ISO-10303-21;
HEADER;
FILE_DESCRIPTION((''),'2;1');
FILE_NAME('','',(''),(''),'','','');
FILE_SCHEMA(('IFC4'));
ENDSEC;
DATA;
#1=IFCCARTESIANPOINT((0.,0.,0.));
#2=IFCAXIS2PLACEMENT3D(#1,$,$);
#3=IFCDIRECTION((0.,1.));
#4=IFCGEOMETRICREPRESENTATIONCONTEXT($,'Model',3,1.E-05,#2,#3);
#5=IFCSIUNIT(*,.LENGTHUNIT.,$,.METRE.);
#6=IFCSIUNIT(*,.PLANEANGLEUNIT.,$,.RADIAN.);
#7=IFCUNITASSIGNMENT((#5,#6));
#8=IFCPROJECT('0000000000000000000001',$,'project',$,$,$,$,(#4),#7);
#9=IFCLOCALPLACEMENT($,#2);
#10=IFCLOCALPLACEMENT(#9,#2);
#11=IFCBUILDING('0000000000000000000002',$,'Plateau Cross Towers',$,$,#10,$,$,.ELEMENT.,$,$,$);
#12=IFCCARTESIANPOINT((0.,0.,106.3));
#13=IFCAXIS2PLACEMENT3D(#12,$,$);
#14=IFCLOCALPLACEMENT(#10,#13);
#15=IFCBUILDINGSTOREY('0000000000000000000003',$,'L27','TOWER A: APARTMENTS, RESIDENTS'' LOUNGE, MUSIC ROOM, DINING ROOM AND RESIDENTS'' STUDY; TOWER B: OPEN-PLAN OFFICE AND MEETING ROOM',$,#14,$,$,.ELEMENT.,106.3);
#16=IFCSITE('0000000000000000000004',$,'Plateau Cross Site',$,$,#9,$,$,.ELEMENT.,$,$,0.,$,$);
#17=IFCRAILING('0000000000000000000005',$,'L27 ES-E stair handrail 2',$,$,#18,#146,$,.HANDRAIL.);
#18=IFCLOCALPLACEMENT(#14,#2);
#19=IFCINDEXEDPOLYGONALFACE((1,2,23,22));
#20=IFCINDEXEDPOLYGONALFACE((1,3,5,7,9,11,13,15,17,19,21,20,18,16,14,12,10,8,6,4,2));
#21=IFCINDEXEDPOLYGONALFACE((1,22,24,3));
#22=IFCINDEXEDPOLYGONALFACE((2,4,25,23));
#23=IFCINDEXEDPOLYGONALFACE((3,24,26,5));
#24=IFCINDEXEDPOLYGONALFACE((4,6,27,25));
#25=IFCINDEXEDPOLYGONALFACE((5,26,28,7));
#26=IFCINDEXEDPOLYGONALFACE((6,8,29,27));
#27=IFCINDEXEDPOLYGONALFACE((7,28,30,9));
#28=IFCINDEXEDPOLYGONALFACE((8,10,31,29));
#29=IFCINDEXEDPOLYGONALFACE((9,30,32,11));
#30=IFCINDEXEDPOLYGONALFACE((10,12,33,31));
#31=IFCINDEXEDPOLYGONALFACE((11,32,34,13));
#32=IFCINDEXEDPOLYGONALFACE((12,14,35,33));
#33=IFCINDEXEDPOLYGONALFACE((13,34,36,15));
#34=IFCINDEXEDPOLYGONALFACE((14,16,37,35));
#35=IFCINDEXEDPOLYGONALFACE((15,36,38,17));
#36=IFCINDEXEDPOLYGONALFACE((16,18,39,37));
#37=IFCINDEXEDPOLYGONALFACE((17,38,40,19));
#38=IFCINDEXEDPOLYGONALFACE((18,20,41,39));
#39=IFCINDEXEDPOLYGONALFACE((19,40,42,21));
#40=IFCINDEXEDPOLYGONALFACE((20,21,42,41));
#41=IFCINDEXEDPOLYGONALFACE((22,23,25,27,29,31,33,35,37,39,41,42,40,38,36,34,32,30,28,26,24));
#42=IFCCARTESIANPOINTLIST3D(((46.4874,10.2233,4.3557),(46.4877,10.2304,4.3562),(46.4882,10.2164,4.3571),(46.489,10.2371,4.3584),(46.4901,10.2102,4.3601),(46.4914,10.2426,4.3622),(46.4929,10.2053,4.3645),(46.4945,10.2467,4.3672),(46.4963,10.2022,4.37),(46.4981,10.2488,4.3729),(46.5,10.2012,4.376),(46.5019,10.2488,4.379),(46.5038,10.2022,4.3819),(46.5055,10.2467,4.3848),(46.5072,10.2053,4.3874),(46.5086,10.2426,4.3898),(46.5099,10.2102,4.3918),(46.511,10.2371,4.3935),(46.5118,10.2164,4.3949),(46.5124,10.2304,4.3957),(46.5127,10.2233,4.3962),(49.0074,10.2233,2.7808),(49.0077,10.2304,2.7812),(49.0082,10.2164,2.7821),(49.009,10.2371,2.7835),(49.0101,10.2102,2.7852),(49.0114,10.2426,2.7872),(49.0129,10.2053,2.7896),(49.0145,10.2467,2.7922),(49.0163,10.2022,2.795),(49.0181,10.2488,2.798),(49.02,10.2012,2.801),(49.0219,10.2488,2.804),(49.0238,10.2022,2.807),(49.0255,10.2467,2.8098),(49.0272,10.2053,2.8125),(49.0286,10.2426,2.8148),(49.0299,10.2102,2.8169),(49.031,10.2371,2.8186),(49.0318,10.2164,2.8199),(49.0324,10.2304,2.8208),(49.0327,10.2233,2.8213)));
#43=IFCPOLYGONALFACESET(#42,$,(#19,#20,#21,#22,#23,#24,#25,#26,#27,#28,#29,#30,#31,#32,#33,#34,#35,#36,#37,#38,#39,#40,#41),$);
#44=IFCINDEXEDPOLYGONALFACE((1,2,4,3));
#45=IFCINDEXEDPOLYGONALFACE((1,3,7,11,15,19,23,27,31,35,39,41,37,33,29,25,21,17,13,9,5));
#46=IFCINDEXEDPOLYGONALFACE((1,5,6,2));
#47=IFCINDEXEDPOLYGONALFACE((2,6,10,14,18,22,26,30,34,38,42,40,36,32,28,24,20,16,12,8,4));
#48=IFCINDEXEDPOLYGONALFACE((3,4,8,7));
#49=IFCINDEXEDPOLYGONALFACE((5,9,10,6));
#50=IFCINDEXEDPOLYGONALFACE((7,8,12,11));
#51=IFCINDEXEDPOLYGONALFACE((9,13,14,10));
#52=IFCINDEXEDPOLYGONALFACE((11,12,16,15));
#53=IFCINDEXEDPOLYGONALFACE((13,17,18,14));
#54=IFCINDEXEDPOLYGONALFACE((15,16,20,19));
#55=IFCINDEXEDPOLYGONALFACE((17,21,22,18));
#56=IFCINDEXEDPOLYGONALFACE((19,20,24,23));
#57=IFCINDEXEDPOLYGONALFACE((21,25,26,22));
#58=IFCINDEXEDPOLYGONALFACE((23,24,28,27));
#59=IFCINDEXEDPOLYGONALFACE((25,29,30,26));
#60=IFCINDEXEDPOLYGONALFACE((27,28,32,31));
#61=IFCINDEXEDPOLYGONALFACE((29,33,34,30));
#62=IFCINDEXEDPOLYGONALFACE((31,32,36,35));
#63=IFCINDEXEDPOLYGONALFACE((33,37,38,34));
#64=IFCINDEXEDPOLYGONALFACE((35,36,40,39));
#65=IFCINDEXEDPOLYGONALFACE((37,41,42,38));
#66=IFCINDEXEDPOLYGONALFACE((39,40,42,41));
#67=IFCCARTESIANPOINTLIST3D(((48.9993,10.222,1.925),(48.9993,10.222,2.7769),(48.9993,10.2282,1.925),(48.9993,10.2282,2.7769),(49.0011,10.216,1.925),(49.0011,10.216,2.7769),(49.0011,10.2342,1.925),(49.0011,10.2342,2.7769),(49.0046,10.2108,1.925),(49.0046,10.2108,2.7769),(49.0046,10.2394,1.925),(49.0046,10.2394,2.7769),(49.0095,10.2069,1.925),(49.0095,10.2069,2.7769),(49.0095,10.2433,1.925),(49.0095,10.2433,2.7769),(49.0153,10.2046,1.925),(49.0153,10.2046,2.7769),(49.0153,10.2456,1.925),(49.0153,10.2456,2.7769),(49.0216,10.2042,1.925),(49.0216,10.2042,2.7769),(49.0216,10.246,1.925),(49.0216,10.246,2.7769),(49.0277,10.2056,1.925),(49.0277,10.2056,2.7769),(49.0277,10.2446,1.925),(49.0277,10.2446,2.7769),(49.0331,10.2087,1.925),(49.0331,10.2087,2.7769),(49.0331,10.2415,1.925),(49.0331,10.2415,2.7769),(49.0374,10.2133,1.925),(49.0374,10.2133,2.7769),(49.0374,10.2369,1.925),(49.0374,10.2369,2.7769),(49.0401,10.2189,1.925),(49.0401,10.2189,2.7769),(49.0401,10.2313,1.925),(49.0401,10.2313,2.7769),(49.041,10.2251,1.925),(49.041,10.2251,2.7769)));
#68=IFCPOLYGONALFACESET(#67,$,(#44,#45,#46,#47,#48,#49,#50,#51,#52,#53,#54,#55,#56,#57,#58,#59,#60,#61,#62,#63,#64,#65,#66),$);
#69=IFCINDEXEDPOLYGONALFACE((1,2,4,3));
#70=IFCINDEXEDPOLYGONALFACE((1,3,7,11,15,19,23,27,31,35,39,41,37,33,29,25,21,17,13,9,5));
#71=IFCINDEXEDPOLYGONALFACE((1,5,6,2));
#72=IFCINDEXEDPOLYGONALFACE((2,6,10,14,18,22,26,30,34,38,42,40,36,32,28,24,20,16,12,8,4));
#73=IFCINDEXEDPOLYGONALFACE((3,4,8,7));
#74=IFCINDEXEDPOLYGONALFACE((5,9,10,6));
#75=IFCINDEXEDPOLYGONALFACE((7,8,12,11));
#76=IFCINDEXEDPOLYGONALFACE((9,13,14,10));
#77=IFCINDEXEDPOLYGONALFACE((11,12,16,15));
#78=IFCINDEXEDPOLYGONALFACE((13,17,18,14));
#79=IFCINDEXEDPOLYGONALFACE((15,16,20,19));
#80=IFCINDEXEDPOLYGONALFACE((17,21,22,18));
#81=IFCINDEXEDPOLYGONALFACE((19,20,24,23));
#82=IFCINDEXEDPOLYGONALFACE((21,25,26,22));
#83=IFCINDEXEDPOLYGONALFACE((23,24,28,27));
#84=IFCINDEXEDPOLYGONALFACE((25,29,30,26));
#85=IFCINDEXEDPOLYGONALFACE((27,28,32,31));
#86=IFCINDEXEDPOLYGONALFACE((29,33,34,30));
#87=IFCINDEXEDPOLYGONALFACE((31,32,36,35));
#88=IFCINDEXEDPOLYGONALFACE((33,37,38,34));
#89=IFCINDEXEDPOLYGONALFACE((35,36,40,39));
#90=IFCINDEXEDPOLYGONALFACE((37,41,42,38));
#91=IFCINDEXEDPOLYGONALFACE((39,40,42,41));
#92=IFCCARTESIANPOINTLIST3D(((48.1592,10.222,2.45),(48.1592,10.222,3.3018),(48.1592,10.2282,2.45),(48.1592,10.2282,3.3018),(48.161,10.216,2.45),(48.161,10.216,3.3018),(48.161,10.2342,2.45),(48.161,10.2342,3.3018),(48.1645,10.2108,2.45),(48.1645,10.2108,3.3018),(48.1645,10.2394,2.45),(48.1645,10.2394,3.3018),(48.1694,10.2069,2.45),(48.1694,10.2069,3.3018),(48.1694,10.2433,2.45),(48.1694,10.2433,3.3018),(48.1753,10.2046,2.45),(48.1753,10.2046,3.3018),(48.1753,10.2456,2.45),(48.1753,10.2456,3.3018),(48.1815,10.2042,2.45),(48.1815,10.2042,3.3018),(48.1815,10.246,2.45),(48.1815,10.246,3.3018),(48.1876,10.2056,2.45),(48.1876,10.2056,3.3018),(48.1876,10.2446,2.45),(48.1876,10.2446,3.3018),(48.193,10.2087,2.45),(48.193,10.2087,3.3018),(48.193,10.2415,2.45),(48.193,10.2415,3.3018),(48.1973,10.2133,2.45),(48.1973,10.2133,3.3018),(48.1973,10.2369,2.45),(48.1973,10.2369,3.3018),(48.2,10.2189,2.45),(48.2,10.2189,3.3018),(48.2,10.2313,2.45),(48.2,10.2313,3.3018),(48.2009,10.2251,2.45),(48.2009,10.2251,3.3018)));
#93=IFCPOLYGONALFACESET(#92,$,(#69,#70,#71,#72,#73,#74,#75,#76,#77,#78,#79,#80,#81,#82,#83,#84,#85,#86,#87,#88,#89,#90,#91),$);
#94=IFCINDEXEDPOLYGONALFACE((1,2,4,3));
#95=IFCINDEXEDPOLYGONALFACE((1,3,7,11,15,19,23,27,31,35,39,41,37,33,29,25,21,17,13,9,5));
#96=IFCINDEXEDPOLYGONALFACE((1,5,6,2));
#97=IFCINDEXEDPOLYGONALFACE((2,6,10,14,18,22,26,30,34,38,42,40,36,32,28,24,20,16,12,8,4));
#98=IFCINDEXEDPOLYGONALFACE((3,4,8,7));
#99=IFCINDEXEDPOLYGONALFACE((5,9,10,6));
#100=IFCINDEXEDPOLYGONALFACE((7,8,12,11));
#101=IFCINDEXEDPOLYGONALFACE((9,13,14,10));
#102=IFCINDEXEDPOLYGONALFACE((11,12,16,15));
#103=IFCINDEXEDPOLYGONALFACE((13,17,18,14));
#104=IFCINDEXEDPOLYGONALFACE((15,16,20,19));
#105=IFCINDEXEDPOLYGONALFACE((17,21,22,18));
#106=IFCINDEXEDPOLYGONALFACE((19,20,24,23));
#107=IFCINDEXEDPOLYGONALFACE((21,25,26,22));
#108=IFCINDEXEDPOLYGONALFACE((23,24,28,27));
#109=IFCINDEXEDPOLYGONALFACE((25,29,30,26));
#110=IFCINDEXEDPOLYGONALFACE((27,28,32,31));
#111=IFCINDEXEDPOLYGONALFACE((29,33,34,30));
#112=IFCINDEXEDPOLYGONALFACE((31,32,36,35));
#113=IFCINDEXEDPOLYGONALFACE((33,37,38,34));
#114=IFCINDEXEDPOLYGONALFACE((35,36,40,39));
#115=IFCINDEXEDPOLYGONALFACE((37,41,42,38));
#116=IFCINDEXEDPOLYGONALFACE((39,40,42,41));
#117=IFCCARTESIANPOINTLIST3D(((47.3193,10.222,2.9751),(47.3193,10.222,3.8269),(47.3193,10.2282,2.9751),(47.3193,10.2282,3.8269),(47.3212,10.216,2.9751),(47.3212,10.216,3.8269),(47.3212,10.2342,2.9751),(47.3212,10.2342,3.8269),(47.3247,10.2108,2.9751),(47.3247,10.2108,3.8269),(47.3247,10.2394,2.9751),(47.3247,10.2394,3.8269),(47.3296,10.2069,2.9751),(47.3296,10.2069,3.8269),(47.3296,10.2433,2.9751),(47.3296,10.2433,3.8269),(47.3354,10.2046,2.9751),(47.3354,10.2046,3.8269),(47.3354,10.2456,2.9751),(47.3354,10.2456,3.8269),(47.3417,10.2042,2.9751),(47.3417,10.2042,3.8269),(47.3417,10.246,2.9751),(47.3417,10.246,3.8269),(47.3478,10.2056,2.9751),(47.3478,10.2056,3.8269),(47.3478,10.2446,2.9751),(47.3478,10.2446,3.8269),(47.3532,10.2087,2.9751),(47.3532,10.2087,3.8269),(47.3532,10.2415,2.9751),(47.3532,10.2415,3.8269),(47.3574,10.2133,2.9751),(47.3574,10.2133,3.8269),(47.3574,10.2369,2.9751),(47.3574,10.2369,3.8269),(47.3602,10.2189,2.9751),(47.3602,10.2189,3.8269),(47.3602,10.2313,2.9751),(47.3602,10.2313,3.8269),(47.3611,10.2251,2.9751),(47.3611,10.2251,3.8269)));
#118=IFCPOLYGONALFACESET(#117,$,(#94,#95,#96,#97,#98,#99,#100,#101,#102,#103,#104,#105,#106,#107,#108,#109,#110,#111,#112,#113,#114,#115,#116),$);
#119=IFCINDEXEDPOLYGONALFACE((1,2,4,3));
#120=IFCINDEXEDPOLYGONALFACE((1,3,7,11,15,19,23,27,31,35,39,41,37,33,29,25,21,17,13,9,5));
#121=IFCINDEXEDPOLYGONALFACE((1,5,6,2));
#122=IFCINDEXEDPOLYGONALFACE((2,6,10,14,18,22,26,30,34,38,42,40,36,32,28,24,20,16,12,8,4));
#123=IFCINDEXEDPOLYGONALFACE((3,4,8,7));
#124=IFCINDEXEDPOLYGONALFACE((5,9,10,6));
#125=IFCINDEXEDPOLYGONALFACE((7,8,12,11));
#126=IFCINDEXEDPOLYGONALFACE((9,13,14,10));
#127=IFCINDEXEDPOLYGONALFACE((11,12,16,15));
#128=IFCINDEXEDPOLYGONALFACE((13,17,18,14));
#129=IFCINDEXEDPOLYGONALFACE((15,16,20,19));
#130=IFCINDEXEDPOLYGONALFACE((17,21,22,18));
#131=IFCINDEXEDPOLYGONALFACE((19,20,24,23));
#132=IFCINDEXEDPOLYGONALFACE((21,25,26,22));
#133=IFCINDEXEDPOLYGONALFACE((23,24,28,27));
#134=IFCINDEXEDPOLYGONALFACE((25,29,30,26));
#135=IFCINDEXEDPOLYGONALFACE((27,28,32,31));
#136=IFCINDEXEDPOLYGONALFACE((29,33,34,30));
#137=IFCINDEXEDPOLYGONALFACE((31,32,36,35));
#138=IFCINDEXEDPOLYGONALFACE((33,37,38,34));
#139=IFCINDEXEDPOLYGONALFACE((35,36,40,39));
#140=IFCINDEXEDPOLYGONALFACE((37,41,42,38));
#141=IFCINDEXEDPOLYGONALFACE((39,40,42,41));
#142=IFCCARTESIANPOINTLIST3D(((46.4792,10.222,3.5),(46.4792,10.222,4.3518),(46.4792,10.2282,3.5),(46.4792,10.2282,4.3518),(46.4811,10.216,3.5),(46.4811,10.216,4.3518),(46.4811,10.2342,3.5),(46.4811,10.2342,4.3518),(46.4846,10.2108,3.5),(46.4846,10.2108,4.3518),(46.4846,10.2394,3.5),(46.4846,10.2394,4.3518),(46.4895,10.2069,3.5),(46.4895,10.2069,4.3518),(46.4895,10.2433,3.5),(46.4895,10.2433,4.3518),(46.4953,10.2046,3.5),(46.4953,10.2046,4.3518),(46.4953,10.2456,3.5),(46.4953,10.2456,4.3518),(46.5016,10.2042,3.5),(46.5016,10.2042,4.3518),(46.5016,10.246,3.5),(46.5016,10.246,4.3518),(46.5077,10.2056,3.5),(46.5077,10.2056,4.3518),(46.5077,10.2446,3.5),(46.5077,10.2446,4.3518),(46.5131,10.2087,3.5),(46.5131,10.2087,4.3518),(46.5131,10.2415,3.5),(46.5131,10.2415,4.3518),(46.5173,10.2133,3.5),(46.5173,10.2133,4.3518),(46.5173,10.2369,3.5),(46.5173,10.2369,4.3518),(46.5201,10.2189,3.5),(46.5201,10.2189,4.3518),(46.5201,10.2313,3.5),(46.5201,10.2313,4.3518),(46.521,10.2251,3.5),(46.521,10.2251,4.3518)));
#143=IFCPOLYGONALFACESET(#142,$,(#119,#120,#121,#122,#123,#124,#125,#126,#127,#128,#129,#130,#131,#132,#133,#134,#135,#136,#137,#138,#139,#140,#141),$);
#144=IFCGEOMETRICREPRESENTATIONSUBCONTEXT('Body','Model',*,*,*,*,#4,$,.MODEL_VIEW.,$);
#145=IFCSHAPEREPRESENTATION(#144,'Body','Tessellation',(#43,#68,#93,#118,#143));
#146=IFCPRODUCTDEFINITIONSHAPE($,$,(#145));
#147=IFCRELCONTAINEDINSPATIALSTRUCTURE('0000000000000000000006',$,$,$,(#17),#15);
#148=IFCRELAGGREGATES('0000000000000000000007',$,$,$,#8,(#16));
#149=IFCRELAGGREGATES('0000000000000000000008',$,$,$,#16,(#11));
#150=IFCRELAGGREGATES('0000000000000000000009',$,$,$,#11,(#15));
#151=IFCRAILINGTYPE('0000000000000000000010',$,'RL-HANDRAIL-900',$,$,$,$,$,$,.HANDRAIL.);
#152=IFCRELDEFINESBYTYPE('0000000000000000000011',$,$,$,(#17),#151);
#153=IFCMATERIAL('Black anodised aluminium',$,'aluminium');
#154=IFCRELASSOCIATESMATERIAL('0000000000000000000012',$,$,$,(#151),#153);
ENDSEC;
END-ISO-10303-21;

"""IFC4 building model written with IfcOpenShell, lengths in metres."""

from ifc_helpers import new_model, si_unit, direction, frame, origin, origin_2d, place, context, subcontext, project, spatial, circle, extrude, material, type_object, element, save


model = new_model("IFC4")

# Units and contexts
model_context = context("Model", 3, precision=1e-05, world=origin(), true_north=direction((0.0, 1.0)))
body_context = subcontext(model_context, "Body", "Model", "MODEL_VIEW")
ifc_project = project(units=[si_unit("LENGTHUNIT", "METRE"), si_unit("PLANEANGLEUNIT", "RADIAN")], contexts=[model_context])

# Site, building, storey
site_placement = place(None, origin())
site = spatial("IfcSite", under=ifc_project, at=site_placement, Name="Plateau Cross Site", CompositionType="ELEMENT", RefElevation=0.0)
building_placement = place(site_placement, origin())
building = spatial("IfcBuilding", under=site, at=building_placement, Name="Plateau Cross Towers", CompositionType="ELEMENT")
storey_placement = place(building_placement, frame((0.0, 0.0, 106.3)))
storey = spatial("IfcBuildingStorey", under=building, at=storey_placement, Name="L27", Description="TOWER A: APARTMENTS, RESIDENTS' LOUNGE, MUSIC ROOM, DINING ROOM AND RESIDENTS' STUDY; TOWER B: OPEN-PLAN OFFICE AND MEETING ROOM", CompositionType="ELEMENT", Elevation=106.3)

# Shared definitions
ifc_material_1 = material(Name="Black anodised aluminium", Category="aluminium")

# Railing
railing_type_1 = type_object("IfcRailingType", Name="RL-HANDRAIL-900", PredefinedType="HANDRAIL", material=ifc_material_1)
railing_1_placement = place(storey_placement, frame((49.02, 10.2251, 1.925)))
element("IfcRailing", 1, at=railing_1_placement, inside=storey, type_object=railing_type_1, Name="L27 ES-E stair handrail 2", PredefinedType="HANDRAIL", context=body_context, shape_type="SweptSolid", body=[
    extrude(circle(Radius=0.0239, at=origin_2d()), frame((0.0, 0.0, 0.876), z_axis=(-0.848008, 0.0, 0.529984), x_axis=(0.0, -1.0, 0.0)), (0.0, 0.0, 1.0), 2.9717),
    extrude(circle(Radius=0.021, at=origin_2d()), origin(), (0.0, 0.0, 1.0), 0.8518),
    extrude(circle(Radius=0.021, at=origin_2d()), frame((-0.8401, 0.0, 0.5249)), (0.0, 0.0, 1.0), 0.8518),
    extrude(circle(Radius=0.021, at=origin_2d()), frame((-1.6799, 0.0, 1.05)), (0.0, 0.0, 1.0), 0.8518),
    extrude(circle(Radius=0.021, at=origin_2d()), frame((-2.52, 0.0, 1.575)), (0.0, 0.0, 1.0), 0.8518),
])

save(model, "model.ifc")
